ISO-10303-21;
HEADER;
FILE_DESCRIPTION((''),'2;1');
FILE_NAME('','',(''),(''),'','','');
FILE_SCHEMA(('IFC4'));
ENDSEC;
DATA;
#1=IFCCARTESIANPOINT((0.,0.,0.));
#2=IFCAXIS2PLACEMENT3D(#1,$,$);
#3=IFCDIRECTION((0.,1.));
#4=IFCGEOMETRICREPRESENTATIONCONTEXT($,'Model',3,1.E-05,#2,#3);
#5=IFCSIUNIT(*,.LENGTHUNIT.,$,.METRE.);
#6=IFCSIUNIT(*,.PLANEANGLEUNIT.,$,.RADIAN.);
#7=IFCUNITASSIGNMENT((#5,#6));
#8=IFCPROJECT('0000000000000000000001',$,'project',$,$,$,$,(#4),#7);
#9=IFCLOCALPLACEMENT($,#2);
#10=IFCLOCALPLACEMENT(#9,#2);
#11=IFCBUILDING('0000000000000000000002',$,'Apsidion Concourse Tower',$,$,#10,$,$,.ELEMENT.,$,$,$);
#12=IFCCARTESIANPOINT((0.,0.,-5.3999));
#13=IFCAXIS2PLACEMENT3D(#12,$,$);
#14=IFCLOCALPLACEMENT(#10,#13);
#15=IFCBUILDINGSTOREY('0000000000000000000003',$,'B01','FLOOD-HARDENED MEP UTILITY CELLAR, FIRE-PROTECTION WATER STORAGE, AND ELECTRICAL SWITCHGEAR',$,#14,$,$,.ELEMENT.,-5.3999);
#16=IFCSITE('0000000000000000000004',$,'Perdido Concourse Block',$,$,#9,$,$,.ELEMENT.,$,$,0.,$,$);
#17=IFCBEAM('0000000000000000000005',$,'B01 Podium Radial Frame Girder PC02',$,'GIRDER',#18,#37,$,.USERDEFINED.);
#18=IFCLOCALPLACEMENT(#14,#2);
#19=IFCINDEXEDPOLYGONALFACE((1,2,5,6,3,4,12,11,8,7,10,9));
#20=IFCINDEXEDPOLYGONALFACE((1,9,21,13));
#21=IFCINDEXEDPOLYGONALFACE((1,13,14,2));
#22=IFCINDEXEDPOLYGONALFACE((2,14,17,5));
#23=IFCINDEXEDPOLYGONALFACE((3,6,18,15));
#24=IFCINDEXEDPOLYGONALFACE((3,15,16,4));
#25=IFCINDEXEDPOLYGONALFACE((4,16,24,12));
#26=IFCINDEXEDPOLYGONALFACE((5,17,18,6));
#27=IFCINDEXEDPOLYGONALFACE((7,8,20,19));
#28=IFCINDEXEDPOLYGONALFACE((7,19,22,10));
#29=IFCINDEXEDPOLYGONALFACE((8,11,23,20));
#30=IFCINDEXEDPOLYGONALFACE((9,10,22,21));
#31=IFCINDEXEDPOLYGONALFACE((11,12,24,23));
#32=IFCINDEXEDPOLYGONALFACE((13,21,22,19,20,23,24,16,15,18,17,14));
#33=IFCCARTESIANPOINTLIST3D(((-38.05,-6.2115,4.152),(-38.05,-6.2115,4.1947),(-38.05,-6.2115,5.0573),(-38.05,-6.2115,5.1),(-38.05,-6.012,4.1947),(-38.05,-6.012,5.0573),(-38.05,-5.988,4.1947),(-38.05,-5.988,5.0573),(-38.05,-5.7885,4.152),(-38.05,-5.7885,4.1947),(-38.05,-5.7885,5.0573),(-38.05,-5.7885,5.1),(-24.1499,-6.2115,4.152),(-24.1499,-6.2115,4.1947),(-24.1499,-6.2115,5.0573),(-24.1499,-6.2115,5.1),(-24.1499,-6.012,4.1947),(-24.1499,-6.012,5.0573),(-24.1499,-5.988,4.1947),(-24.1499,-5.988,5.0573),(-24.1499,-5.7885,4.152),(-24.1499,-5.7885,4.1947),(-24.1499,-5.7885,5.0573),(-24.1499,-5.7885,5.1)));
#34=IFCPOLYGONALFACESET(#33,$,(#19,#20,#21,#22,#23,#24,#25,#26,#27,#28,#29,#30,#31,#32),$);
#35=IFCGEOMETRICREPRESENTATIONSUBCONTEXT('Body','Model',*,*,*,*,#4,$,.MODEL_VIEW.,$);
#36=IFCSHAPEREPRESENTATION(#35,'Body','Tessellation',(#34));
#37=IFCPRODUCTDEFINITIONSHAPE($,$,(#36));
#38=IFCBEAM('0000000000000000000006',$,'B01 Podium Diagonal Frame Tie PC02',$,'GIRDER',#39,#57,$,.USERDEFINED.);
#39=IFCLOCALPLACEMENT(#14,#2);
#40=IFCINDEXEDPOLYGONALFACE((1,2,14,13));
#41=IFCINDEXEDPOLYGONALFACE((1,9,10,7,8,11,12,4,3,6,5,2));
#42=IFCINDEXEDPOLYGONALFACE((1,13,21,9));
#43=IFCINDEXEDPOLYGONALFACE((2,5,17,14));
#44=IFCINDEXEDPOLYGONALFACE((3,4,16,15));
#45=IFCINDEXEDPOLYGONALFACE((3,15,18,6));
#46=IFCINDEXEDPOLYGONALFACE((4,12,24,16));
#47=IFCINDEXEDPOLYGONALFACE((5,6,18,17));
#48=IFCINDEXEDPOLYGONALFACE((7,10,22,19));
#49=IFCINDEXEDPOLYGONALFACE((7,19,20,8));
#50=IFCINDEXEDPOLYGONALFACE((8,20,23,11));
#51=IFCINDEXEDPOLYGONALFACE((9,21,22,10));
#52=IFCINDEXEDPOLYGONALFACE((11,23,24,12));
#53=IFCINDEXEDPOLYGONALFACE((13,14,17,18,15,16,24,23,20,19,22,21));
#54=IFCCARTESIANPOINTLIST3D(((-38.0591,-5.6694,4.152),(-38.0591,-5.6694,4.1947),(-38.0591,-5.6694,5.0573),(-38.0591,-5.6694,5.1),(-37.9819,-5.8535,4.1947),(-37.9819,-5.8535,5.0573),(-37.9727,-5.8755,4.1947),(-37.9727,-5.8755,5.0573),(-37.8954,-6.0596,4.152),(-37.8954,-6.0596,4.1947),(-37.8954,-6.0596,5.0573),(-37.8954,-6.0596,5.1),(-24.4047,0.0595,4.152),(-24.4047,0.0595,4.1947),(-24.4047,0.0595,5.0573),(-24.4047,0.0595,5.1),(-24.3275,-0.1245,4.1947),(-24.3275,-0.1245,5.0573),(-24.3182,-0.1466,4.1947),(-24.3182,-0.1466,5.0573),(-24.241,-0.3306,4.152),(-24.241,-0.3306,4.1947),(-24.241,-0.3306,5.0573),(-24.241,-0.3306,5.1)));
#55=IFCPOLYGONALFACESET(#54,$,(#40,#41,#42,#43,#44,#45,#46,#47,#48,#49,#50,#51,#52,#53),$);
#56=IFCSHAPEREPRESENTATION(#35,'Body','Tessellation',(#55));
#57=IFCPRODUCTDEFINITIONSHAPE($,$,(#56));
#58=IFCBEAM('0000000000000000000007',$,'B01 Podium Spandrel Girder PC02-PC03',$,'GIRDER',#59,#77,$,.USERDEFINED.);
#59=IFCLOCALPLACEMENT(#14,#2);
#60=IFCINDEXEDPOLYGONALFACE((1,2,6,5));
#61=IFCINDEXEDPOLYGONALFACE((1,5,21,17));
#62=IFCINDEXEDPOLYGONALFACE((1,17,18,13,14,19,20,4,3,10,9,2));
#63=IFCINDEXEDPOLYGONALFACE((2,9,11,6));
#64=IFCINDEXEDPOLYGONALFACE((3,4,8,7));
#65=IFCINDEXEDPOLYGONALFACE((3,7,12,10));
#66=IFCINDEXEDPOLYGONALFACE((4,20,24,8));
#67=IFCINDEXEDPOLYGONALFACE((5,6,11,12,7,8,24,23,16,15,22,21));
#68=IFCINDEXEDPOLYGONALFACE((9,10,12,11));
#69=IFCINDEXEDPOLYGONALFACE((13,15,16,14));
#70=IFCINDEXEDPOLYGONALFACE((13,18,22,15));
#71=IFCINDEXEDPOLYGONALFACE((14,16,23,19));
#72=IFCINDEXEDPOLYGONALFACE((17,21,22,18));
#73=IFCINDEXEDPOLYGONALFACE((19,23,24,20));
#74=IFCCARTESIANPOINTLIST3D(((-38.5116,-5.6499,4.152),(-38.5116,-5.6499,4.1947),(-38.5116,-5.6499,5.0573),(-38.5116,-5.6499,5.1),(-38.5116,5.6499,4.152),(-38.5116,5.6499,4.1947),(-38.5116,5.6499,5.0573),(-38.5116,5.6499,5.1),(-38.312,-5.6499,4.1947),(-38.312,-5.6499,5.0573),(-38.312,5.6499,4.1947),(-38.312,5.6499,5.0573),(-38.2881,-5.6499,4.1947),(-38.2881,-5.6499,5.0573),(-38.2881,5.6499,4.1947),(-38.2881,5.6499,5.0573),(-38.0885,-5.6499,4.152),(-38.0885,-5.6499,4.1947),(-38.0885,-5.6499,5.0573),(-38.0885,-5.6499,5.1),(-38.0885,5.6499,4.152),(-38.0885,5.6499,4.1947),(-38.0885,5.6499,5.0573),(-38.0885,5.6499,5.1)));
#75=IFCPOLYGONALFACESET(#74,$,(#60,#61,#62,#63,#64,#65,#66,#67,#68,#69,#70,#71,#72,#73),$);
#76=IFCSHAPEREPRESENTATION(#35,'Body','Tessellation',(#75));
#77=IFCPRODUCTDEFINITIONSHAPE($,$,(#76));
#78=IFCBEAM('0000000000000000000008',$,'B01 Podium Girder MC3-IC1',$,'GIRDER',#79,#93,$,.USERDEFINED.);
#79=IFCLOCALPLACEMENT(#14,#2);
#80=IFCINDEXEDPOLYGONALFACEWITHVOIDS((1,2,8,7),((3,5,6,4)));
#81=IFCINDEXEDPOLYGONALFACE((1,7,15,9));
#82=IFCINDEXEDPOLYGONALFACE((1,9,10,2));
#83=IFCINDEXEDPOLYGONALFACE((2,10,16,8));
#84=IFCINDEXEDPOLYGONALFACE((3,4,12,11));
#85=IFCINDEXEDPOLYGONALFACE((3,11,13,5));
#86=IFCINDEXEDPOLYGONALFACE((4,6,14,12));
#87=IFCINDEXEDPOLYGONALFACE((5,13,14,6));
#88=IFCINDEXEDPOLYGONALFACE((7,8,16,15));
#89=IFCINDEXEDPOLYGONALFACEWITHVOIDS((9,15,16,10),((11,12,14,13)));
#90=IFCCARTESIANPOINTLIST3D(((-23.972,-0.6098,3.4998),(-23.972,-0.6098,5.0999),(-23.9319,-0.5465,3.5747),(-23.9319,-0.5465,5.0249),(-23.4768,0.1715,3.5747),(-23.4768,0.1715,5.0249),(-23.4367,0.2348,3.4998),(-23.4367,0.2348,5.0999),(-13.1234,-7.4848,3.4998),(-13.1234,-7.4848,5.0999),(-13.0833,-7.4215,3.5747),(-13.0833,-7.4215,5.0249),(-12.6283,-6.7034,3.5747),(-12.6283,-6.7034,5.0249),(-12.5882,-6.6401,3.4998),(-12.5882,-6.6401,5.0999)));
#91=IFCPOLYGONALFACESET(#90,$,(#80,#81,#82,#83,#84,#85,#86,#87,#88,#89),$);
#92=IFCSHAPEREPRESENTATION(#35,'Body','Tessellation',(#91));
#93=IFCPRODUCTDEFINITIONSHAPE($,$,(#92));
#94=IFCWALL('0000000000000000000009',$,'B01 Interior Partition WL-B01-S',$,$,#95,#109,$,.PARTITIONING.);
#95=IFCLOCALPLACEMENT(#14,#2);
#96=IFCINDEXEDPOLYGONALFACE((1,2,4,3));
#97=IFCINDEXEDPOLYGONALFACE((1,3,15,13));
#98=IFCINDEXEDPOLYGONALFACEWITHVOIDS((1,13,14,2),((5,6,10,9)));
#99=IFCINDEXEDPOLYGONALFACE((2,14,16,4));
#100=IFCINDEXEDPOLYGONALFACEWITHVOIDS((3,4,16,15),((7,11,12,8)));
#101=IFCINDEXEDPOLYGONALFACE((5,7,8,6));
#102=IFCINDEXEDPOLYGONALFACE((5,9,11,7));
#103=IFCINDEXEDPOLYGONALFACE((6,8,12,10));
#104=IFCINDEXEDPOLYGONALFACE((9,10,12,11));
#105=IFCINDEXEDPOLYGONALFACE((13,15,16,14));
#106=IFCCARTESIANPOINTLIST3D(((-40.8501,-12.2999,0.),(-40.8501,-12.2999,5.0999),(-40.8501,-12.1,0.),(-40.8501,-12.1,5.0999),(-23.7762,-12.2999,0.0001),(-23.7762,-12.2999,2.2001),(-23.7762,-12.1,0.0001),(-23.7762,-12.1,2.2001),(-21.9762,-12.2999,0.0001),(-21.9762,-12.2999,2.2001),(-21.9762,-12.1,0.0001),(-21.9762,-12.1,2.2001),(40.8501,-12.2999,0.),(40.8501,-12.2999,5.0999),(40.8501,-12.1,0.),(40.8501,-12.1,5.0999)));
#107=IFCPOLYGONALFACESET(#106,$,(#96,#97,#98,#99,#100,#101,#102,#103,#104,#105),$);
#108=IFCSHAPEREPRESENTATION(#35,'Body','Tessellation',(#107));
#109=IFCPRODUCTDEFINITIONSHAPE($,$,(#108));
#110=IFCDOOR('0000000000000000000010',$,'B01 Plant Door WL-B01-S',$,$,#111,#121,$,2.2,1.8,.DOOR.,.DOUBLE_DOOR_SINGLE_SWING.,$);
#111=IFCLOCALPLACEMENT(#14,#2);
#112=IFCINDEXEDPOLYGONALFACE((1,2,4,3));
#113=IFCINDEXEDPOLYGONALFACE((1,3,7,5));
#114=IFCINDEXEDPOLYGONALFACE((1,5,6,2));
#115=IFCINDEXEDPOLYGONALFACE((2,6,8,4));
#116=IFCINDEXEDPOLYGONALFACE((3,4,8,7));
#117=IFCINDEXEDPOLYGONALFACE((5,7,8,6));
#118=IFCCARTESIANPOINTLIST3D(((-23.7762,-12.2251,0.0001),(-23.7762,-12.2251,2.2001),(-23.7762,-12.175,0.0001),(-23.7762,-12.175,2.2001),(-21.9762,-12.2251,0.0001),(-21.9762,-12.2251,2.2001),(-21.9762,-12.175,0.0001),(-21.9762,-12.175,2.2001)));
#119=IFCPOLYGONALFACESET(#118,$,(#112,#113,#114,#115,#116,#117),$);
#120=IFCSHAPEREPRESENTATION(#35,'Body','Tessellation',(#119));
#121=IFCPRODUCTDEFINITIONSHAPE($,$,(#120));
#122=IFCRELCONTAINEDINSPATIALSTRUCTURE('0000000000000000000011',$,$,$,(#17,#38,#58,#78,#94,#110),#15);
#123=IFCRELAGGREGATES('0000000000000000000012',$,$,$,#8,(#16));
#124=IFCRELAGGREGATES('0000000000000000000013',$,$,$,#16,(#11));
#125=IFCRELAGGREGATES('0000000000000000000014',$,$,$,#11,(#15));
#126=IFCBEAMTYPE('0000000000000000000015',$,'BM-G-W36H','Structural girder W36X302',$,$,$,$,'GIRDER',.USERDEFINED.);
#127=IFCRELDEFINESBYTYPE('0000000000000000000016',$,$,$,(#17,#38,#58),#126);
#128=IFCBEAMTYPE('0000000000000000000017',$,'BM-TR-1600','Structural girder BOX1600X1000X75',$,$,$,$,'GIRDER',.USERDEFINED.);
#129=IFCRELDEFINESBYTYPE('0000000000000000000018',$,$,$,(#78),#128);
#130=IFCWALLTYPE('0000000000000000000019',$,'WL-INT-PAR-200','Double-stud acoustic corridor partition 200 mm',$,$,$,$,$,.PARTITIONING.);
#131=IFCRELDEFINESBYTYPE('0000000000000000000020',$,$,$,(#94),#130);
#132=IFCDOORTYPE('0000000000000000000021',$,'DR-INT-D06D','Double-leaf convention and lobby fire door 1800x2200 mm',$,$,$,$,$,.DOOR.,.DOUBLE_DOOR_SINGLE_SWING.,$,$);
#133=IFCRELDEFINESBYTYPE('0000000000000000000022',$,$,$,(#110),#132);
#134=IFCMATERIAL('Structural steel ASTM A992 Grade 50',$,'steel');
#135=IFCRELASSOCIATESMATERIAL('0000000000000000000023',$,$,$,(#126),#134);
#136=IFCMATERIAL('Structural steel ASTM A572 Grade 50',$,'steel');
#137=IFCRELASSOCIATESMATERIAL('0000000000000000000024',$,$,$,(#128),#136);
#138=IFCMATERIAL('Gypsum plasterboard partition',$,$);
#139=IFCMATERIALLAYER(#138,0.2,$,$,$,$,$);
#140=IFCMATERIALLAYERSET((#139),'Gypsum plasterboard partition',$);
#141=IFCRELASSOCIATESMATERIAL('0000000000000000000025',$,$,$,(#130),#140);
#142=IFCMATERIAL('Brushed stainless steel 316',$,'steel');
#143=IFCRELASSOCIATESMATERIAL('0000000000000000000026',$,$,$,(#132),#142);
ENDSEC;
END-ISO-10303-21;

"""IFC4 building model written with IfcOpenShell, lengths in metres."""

from ifc_helpers import new_model, si_unit, direction, frame, frame_2d, origin, origin_2d, place, context, subcontext, project, spatial, rectangle, hollow_rectangle, i_section, extrude, material, layer, layer_set, material_profile, profile_set, type_object, element, fill, save


model = new_model("IFC4")

# Units and contexts
model_context = context("Model", 3, precision=1e-05, world=origin(), true_north=direction((0.0, 1.0)))
body_context = subcontext(model_context, "Body", "Model", "MODEL_VIEW")
ifc_project = project(units=[si_unit("LENGTHUNIT", "METRE"), si_unit("PLANEANGLEUNIT", "RADIAN")], contexts=[model_context])

# Site, building, storey
site_placement = place(None, origin())
site = spatial("IfcSite", under=ifc_project, at=site_placement, Name="Perdido Concourse Block", CompositionType="ELEMENT", RefElevation=0.0)
building_placement = place(site_placement, origin())
building = spatial("IfcBuilding", under=site, at=building_placement, Name="Apsidion Concourse Tower", CompositionType="ELEMENT")
storey_placement = place(building_placement, frame((0.0, 0.0, -5.3999)))
storey = spatial("IfcBuildingStorey", under=building, at=storey_placement, Name="B01", Description="FLOOD-HARDENED MEP UTILITY CELLAR, FIRE-PROTECTION WATER STORAGE, AND ELECTRICAL SWITCHGEAR", CompositionType="ELEMENT", Elevation=-5.3999)

# Shared definitions
ifc_material_1 = material(Name="Structural steel ASTM A572 Grade 50", Category="steel")

# Beams
ifc_material_2 = material(Name="Structural steel ASTM A992 Grade 50", Category="steel")
ifc_material_profile_1 = material_profile(ifc_material_2, i_section(OverallWidth=0.4231, OverallDepth=0.948, WebThickness=0.0239, FlangeThickness=0.0427, at=origin_2d()), Name="W36X302")
ifc_profile_set_1 = profile_set([ifc_material_profile_1], Name="Structural steel ASTM A992 Grade 50")
beam_type_1 = type_object("IfcBeamType", Name="BM-G-W36H", Description="Structural girder W36X302", ElementType="GIRDER", PredefinedType="USERDEFINED", material=ifc_profile_set_1)
beam_1_placement = place(storey_placement, frame((-38.05, -6.0, 4.626), z_axis=(1.0, 0.0, 0.0), x_axis=(0.0, 1.0, 0.0)))
element("IfcBeam", 1, at=beam_1_placement, inside=storey, type_object=beam_type_1, Name="B01 Podium Radial Frame Girder PC02", ObjectType="GIRDER", PredefinedType="USERDEFINED", context=body_context, shape_type="SweptSolid", body=[
    extrude(i_section(OverallWidth=0.4231, OverallDepth=0.948, WebThickness=0.0239, FlangeThickness=0.0427, at=origin_2d()), origin(), (0.0, 0.0, 1.0), 13.9001),
])
beam_2_placement = place(storey_placement, frame((-37.9773, -5.8645, 4.626), z_axis=(0.922124, 0.386894, 0.0), x_axis=(-0.386894, 0.922124, 0.0)))
element("IfcBeam", 2, at=beam_2_placement, inside=storey, type_object=beam_type_1, Name="B01 Podium Diagonal Frame Tie PC02", ObjectType="GIRDER", PredefinedType="USERDEFINED", context=body_context, shape_type="SweptSolid", body=[
    extrude(i_section(OverallWidth=0.4231, OverallDepth=0.948, WebThickness=0.0239, FlangeThickness=0.0427, at=origin_2d()), origin(), (0.0, 0.0, 1.0), 14.8076),
])
beam_3_placement = place(storey_placement, frame((-38.3, -5.6499, 4.626), z_axis=(0.0, 1.0, 0.0), x_axis=(-1.0, 0.0, 0.0)))
element("IfcBeam", 3, at=beam_3_placement, inside=storey, type_object=beam_type_1, Name="B01 Podium Spandrel Girder PC02-PC03", ObjectType="GIRDER", PredefinedType="USERDEFINED", context=body_context, shape_type="SweptSolid", body=[
    extrude(i_section(OverallWidth=0.4231, OverallDepth=0.948, WebThickness=0.0239, FlangeThickness=0.0427, at=origin_2d()), origin(), (0.0, 0.0, 1.0), 11.2998),
])
ifc_material_profile_2 = material_profile(ifc_material_1, hollow_rectangle(XDim=1.0, YDim=1.6001, WallThickness=0.075, at=origin_2d()), Name="BOX1600X1000X75")
ifc_profile_set_2 = profile_set([ifc_material_profile_2], Name="Structural steel ASTM A572 Grade 50")
beam_type_2 = type_object("IfcBeamType", Name="BM-TR-1600", Description="Structural girder BOX1600X1000X75", ElementType="GIRDER", PredefinedType="USERDEFINED", material=ifc_profile_set_2)
beam_4_placement = place(storey_placement, frame((-23.7043, -0.1875, 4.2998), z_axis=(0.844671, -0.535285, 0.0), x_axis=(0.535285, 0.844671, 0.0)))
element("IfcBeam", 4, at=beam_4_placement, inside=storey, type_object=beam_type_2, Name="B01 Podium Girder MC3-IC1", ObjectType="GIRDER", PredefinedType="USERDEFINED", context=body_context, shape_type="SweptSolid", body=[
    extrude(hollow_rectangle(XDim=1.0, YDim=1.6001, WallThickness=0.075, at=origin_2d()), origin(), (0.0, 0.0, 1.0), 12.8435),
])

# Wall, opening, door
ifc_material_3 = material(Name="Gypsum plasterboard partition")
ifc_layer = layer(ifc_material_3, 0.2)
ifc_layer_set = layer_set([ifc_layer], Name="Gypsum plasterboard partition")
wall_type = type_object("IfcWallType", Name="WL-INT-PAR-200", Description="Double-stud acoustic corridor partition 200 mm", PredefinedType="PARTITIONING", material=ifc_layer_set)
wall_placement = place(storey_placement, frame((-40.8501, -12.2, 0.0), z_axis=(0.0, 0.0, 1.0), x_axis=(1.0, 0.0, 0.0)))
wall = element("IfcWall", 5, at=wall_placement, inside=storey, type_object=wall_type, Name="B01 Interior Partition WL-B01-S", PredefinedType="PARTITIONING", context=body_context, shape_type="SweptSolid", body=[
    extrude(rectangle(XDim=81.7002, YDim=0.2, at=frame_2d((40.8501, 0.0))), origin(), (0.0, 0.0, 1.0), 5.0999),
])
opening_placement = place(wall_placement, frame((17.074, 0.0, 0.0)))
opening = element("IfcOpeningElement", 6, at=opening_placement, cuts=wall, PredefinedType="OPENING", context=body_context, shape_type="SweptSolid", body=[
    extrude(rectangle(XDim=1.8, YDim=2.2, at=frame_2d((0.8999, 1.1001))), frame((0.0, 0.1099, 0.0), z_axis=(0.0, -1.0, 0.0), x_axis=(1.0, 0.0, 0.0)), (0.0, 0.0, 1.0), 0.22),
])
ifc_material_4 = material(Name="Brushed stainless steel 316", Category="steel")
door_type = type_object("IfcDoorType", Name="DR-INT-D06D", Description="Double-leaf convention and lobby fire door 1800x2200 mm", OperationType="DOUBLE_DOOR_SINGLE_SWING", PredefinedType="DOOR", material=ifc_material_4)
door_placement = place(opening_placement, origin())
door = element("IfcDoor", 7, at=door_placement, inside=storey, type_object=door_type, Name="B01 Plant Door WL-B01-S", OperationType="DOUBLE_DOOR_SINGLE_SWING", OverallHeight=2.2, OverallWidth=1.8, PredefinedType="DOOR", context=body_context, shape_type="SweptSolid", body=[
    extrude(rectangle(XDim=1.8, YDim=2.2, at=frame_2d((0.8999, 1.1001))), frame((0.0, 0.0249, 0.0), z_axis=(0.0, -1.0, 0.0), x_axis=(1.0, 0.0, 0.0)), (0.0, 0.0, 1.0), 0.05),
])
fill(opening, door)

save(model, "model.ifc")
